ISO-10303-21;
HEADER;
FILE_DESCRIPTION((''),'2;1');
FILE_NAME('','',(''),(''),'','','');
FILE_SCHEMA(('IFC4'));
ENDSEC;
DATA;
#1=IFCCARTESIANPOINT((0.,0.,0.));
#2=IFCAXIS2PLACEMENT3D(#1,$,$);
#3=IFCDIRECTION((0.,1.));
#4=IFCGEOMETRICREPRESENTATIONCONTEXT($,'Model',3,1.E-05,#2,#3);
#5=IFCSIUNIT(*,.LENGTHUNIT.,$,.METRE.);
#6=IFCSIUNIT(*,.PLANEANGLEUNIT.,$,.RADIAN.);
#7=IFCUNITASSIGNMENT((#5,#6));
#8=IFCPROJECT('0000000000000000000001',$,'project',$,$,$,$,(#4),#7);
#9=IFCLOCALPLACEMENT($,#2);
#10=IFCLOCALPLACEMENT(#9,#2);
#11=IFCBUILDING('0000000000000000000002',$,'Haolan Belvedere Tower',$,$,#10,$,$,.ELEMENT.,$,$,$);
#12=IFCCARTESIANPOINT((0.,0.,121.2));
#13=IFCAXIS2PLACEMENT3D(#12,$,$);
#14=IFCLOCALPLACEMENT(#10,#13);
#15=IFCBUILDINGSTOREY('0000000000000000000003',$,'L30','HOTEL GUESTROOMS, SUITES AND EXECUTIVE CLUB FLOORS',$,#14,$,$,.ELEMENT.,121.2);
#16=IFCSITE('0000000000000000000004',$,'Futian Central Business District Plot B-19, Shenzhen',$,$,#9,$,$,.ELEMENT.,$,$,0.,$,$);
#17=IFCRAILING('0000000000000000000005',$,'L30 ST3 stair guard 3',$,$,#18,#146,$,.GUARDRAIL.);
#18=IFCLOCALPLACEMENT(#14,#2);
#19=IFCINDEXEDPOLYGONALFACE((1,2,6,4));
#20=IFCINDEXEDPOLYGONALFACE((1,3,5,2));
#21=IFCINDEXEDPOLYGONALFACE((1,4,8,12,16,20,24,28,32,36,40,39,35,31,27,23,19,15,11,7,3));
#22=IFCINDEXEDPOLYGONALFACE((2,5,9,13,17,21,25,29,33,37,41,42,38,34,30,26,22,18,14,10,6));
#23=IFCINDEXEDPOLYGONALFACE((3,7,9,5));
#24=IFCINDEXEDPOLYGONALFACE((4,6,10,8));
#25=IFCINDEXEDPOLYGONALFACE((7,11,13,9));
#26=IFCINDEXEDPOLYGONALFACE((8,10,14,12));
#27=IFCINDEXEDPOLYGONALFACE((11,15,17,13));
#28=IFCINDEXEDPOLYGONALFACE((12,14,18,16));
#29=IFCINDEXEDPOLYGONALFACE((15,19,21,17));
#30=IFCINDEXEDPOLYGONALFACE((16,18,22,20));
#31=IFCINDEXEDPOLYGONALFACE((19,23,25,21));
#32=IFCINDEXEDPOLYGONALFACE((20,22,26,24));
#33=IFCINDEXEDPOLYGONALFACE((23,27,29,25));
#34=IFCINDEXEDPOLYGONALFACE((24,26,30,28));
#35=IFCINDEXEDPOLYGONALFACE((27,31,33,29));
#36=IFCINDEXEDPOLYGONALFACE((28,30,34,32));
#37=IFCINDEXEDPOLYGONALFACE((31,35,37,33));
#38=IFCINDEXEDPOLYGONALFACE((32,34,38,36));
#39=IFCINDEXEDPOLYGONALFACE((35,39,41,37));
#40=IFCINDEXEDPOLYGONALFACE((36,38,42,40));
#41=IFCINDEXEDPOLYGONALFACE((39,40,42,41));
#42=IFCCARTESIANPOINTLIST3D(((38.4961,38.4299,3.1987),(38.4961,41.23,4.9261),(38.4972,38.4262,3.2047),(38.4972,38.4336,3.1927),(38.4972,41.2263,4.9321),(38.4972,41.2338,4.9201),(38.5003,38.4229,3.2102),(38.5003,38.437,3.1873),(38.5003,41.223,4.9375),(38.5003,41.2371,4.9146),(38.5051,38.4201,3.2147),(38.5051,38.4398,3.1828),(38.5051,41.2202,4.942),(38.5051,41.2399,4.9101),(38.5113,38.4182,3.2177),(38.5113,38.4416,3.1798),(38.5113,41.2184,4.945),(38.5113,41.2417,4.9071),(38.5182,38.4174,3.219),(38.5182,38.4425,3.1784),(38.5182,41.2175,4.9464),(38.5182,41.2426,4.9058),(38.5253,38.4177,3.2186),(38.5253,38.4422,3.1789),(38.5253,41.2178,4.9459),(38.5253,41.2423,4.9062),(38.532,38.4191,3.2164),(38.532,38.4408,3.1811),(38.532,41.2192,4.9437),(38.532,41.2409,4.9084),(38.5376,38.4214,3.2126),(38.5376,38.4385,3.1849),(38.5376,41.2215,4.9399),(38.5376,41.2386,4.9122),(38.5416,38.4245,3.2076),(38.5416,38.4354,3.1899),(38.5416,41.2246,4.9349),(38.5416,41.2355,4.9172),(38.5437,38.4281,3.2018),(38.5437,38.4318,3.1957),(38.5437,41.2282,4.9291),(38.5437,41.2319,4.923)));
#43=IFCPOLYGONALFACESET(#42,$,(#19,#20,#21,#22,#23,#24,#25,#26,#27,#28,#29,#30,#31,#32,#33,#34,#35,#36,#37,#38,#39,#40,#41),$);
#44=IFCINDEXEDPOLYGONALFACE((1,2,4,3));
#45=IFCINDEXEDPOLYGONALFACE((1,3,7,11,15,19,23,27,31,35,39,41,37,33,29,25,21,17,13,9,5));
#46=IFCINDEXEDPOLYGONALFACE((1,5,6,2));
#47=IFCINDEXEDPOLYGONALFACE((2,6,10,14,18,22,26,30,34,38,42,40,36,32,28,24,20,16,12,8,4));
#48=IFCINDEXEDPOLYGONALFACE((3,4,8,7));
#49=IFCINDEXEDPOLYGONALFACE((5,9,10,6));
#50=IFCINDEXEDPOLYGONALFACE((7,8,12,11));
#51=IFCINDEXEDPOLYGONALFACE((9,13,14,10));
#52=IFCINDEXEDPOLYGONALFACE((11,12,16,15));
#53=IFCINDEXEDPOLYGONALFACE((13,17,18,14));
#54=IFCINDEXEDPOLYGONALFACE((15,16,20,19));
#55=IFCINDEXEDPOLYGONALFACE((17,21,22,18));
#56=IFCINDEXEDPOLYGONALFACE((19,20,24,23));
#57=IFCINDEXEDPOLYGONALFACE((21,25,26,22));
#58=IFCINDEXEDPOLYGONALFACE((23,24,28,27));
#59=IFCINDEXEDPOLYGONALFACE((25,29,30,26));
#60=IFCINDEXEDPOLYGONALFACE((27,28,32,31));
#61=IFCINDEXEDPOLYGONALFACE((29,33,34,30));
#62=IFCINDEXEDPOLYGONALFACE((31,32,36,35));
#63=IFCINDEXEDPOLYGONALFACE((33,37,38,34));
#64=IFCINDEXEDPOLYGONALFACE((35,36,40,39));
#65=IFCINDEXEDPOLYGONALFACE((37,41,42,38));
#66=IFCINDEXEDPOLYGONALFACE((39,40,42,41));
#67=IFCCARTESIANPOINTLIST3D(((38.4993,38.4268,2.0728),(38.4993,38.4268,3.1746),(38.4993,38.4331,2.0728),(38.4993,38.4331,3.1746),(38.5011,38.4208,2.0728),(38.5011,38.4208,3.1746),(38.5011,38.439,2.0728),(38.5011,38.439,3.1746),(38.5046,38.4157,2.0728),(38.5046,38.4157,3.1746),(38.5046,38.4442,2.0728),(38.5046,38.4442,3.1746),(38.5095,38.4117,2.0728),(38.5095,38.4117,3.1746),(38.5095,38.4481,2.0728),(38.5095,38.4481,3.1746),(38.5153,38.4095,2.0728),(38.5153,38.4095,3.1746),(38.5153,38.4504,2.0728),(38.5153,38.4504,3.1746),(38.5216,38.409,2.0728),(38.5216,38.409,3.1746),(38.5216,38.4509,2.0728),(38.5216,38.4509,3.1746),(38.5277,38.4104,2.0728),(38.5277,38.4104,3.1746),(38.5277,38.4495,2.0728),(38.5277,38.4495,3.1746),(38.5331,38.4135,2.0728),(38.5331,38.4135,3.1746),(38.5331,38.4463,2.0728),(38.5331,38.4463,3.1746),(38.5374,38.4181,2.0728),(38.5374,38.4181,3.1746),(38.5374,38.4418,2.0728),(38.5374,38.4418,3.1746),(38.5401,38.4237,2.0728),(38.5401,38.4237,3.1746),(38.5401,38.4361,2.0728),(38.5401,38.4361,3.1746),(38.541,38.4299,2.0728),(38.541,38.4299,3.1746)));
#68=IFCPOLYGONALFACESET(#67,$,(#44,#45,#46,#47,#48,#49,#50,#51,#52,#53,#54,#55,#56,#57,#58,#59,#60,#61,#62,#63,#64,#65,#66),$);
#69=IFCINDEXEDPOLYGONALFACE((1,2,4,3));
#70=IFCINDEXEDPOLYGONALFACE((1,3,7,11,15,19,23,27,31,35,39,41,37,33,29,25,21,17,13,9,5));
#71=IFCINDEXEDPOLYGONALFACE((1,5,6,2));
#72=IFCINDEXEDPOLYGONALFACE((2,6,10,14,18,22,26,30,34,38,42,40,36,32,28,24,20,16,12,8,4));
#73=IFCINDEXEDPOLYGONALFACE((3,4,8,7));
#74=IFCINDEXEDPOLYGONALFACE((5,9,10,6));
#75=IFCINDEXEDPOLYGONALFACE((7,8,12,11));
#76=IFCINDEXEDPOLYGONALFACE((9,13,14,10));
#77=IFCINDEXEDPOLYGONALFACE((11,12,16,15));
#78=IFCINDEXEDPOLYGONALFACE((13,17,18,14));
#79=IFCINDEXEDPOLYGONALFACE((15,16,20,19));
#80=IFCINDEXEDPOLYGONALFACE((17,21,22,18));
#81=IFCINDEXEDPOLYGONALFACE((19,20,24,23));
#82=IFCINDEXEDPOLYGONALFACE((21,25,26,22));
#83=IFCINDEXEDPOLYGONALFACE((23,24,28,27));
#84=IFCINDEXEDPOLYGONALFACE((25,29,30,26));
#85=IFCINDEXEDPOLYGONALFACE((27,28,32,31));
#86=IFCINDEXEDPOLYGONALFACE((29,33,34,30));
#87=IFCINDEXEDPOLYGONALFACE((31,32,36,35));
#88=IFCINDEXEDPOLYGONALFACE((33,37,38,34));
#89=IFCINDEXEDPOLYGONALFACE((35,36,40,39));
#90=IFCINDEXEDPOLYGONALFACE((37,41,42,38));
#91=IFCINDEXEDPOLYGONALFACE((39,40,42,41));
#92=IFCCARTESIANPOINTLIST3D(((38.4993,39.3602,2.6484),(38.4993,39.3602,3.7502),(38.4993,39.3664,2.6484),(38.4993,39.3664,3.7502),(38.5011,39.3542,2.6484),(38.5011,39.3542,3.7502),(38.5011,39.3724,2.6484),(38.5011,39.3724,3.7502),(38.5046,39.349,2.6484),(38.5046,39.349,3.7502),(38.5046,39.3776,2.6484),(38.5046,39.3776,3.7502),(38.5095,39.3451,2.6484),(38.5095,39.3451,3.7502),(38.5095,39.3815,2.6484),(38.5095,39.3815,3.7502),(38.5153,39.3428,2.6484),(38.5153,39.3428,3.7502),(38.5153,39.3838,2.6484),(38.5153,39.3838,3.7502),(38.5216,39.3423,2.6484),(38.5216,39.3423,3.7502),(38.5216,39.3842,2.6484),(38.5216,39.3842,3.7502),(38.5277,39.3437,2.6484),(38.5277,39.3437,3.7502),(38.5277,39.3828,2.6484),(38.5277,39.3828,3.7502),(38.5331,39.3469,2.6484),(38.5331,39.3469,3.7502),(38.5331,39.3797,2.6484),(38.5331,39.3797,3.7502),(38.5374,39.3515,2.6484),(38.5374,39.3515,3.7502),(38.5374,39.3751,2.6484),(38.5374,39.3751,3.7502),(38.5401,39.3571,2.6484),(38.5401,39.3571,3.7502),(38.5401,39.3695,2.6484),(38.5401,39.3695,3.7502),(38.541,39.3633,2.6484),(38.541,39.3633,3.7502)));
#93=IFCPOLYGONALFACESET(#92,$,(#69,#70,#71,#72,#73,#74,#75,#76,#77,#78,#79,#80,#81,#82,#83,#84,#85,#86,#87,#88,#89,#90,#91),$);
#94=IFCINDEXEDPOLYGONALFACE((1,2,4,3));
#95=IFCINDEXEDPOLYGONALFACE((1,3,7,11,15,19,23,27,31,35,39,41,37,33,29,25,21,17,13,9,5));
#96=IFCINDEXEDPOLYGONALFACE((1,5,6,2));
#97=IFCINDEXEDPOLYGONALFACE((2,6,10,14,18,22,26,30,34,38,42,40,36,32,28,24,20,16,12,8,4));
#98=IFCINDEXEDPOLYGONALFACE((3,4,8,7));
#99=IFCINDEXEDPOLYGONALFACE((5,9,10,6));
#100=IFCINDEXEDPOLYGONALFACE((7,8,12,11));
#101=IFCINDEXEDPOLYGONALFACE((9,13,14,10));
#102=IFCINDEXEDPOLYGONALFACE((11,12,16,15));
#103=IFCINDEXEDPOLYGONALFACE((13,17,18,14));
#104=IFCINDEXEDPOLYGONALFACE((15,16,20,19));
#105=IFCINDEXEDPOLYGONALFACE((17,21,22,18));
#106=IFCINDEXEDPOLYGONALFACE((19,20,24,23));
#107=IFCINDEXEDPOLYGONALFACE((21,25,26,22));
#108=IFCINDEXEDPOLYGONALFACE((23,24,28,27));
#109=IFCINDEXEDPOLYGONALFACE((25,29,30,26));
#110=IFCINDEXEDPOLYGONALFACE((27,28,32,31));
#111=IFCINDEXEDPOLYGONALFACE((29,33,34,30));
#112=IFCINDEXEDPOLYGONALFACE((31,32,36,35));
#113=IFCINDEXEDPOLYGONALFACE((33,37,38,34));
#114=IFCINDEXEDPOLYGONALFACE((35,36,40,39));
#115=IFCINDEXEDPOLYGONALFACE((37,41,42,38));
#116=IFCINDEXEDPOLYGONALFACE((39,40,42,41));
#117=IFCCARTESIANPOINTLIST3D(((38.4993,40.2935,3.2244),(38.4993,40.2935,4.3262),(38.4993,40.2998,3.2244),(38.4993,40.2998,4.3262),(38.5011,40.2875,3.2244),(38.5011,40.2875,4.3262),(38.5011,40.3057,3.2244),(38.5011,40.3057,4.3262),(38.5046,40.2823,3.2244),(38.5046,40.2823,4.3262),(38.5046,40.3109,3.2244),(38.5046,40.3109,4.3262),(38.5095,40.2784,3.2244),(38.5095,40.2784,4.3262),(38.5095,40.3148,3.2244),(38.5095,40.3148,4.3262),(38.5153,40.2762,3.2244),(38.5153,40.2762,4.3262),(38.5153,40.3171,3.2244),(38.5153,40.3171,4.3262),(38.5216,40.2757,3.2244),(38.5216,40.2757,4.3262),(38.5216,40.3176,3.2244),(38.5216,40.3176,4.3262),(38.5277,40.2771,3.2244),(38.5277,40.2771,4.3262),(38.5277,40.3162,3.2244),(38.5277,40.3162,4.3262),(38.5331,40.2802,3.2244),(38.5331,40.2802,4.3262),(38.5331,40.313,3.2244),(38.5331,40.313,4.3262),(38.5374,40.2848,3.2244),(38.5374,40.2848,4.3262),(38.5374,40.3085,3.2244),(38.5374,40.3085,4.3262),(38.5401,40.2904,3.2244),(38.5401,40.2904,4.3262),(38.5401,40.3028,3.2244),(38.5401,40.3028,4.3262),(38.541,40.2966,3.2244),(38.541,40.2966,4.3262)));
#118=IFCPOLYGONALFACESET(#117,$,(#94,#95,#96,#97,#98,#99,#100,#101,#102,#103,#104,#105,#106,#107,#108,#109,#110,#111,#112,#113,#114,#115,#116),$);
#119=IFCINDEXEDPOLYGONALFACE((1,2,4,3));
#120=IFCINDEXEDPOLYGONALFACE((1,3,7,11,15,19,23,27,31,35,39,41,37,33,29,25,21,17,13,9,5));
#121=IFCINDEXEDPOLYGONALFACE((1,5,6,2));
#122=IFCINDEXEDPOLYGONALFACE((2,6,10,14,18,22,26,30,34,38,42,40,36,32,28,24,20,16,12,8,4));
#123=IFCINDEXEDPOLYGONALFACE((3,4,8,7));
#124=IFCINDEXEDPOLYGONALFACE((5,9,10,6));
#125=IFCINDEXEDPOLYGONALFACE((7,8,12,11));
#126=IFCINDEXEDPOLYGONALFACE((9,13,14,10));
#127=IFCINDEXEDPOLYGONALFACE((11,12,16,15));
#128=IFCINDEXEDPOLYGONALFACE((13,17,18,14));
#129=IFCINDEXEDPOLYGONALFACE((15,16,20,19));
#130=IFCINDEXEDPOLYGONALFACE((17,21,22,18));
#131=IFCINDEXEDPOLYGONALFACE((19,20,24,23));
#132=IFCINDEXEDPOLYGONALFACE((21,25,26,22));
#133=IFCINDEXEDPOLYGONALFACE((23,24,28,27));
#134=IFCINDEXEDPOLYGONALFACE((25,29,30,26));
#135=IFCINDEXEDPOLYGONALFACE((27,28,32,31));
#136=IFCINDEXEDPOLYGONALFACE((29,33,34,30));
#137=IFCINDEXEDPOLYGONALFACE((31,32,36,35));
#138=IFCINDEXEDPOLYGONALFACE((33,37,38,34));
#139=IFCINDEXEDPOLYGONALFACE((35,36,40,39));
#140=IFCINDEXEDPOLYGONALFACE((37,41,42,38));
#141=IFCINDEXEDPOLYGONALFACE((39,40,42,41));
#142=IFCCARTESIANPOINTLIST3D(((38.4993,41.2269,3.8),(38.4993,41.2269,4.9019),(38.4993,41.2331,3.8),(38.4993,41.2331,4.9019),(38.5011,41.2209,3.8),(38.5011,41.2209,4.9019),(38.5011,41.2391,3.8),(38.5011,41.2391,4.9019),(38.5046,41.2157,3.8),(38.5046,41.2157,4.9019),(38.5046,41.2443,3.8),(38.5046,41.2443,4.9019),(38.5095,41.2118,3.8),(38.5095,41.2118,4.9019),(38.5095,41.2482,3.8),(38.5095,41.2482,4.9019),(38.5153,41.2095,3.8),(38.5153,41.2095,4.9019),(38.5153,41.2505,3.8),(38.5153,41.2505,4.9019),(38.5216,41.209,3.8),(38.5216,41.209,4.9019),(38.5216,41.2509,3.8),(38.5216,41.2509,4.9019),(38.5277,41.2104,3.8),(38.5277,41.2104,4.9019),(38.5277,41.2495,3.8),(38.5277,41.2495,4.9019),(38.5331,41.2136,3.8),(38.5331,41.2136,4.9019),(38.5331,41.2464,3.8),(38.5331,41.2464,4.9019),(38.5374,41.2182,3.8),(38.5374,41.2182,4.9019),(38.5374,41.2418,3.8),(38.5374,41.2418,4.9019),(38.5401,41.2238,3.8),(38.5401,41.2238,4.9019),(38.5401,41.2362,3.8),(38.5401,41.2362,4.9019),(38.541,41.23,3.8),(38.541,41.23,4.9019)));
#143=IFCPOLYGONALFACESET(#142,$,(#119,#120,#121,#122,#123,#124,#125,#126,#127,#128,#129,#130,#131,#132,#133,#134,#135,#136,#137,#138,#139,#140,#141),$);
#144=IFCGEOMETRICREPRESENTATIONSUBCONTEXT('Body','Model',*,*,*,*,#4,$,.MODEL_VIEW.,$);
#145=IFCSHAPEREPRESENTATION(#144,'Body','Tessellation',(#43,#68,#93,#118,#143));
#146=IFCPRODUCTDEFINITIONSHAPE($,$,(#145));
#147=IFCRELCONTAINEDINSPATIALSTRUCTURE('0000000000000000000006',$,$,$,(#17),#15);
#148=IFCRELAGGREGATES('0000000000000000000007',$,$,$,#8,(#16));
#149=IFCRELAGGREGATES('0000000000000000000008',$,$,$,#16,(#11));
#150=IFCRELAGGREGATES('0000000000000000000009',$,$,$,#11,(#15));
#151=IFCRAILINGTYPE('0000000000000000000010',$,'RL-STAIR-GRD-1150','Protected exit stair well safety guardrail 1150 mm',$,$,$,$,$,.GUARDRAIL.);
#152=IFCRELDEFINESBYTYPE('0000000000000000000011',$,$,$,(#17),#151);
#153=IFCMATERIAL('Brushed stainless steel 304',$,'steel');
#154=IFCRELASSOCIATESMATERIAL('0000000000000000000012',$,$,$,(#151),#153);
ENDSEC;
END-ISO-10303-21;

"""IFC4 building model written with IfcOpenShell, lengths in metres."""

from ifc_helpers import new_model, si_unit, direction, frame, origin, origin_2d, place, context, subcontext, project, spatial, circle, extrude, material, type_object, element, save


model = new_model("IFC4")

# Units and contexts
model_context = context("Model", 3, precision=1e-05, world=origin(), true_north=direction((0.0, 1.0)))
body_context = subcontext(model_context, "Body", "Model", "MODEL_VIEW")
ifc_project = project(units=[si_unit("LENGTHUNIT", "METRE"), si_unit("PLANEANGLEUNIT", "RADIAN")], contexts=[model_context])

# Site, building, storey
site_placement = place(None, origin())
site = spatial("IfcSite", under=ifc_project, at=site_placement, Name="Futian Central Business District Plot B-19, Shenzhen", CompositionType="ELEMENT", RefElevation=0.0)
building_placement = place(site_placement, origin())
building = spatial("IfcBuilding", under=site, at=building_placement, Name="Haolan Belvedere Tower", CompositionType="ELEMENT")
storey_placement = place(building_placement, frame((0.0, 0.0, 121.2)))
storey = spatial("IfcBuildingStorey", under=building, at=storey_placement, Name="L30", Description="HOTEL GUESTROOMS, SUITES AND EXECUTIVE CLUB FLOORS", CompositionType="ELEMENT", Elevation=121.2)

# Railing
ifc_material_1 = material(Name="Brushed stainless steel 304", Category="steel")
railing_type_1 = type_object("IfcRailingType", Name="RL-STAIR-GRD-1150", Description="Protected exit stair well safety guardrail 1150 mm", PredefinedType="GUARDRAIL", material=ifc_material_1)
railing_1_placement = place(storey_placement, frame((38.52, 38.4299, 2.0728)))
element("IfcRailing", 1, at=railing_1_placement, inside=storey, type_object=railing_type_1, Name="L30 ST3 stair guard 3", PredefinedType="GUARDRAIL", context=body_context, shape_type="SweptSolid", body=[
    extrude(circle(Radius=0.0239, at=origin_2d()), frame((0.0, 0.0, 1.126), z_axis=(0.0, 0.85109, 0.52502), x_axis=(-1.0, 0.0, 0.0)), (0.0, 0.0, 1.0), 3.29),
    extrude(circle(Radius=0.021, at=origin_2d()), origin(), (0.0, 0.0, 1.0), 1.1018),
    extrude(circle(Radius=0.021, at=origin_2d()), frame((0.0, 0.9333, 0.5757)), (0.0, 0.0, 1.0), 1.1018),
    extrude(circle(Radius=0.021, at=origin_2d()), frame((0.0, 1.8667, 1.1516)), (0.0, 0.0, 1.0), 1.1018),
    extrude(circle(Radius=0.021, at=origin_2d()), frame((0.0, 2.8, 1.7273)), (0.0, 0.0, 1.0), 1.1018),
])

save(model, "model.ifc")
